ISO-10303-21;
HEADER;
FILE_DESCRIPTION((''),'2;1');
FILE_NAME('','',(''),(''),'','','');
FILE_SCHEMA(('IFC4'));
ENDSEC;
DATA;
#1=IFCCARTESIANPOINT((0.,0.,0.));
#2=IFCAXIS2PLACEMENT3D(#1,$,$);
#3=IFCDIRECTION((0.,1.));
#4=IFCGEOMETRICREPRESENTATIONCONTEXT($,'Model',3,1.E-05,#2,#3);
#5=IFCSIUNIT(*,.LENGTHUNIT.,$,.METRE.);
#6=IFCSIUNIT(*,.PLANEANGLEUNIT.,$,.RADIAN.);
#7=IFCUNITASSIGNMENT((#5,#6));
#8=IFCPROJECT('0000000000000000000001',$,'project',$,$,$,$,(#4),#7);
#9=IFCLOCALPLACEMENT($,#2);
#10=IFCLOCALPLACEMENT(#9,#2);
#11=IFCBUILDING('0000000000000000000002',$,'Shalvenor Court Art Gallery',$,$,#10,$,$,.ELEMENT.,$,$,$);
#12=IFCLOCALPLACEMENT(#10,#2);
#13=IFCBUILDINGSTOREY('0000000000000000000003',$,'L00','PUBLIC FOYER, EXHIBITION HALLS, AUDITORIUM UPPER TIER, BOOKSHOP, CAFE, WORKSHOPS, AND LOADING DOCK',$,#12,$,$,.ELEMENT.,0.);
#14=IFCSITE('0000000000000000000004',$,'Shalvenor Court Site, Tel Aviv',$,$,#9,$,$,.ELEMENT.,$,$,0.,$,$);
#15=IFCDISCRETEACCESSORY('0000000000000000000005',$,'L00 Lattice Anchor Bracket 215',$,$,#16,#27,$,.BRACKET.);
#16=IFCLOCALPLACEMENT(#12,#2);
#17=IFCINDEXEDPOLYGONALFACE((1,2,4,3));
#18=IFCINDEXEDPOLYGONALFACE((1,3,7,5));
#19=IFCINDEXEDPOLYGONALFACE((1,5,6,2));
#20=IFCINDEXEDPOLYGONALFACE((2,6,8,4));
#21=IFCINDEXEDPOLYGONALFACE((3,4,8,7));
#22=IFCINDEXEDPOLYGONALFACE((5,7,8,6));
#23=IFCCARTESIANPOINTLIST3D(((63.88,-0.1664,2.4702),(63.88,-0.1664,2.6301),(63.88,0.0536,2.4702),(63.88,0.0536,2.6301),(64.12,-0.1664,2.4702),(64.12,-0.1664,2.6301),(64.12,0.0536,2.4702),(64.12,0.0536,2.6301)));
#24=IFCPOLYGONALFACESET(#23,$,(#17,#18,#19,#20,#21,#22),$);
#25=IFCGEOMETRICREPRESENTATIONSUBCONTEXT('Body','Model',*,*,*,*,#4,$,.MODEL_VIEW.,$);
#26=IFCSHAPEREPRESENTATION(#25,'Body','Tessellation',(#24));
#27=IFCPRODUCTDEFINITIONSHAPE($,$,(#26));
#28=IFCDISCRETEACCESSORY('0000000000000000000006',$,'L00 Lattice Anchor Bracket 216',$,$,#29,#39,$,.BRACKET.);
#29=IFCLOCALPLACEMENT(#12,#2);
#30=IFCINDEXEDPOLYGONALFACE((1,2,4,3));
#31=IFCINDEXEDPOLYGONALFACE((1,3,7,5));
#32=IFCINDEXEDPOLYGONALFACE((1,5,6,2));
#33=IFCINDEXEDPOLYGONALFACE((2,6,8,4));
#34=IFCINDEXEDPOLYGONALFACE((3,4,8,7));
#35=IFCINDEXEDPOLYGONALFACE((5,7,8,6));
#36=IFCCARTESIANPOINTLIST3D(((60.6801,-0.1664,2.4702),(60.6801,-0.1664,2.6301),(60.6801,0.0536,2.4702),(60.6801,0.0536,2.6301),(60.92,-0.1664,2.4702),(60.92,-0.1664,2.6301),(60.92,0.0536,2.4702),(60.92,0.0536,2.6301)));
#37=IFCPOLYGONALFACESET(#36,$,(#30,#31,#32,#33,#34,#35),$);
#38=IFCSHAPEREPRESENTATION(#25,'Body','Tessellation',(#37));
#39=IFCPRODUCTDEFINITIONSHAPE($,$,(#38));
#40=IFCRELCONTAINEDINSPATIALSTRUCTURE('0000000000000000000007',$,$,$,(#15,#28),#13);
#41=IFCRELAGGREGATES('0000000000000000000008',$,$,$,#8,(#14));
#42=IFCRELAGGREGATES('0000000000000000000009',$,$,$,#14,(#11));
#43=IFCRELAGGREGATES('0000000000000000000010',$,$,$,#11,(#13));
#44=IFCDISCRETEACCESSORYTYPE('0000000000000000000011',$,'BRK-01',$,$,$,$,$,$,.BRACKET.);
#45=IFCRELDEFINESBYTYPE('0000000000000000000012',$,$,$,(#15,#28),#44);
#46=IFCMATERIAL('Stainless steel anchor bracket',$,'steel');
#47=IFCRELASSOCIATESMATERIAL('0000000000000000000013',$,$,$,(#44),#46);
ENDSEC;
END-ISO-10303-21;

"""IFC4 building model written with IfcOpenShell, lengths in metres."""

from ifc_helpers import new_model, si_unit, direction, frame, origin, origin_2d, place, context, subcontext, project, spatial, rectangle, extrude, material, type_object, element, save


model = new_model("IFC4")

# Units and contexts
model_context = context("Model", 3, precision=1e-05, world=origin(), true_north=direction((0.0, 1.0)))
body_context = subcontext(model_context, "Body", "Model", "MODEL_VIEW")
ifc_project = project(units=[si_unit("LENGTHUNIT", "METRE"), si_unit("PLANEANGLEUNIT", "RADIAN")], contexts=[model_context])

# Site, building, storey
site_placement = place(None, origin())
site = spatial("IfcSite", under=ifc_project, at=site_placement, Name="Shalvenor Court Site, Tel Aviv", CompositionType="ELEMENT", RefElevation=0.0)
building_placement = place(site_placement, origin())
building = spatial("IfcBuilding", under=site, at=building_placement, Name="Shalvenor Court Art Gallery", CompositionType="ELEMENT")
storey_placement = place(building_placement, origin())
storey = spatial("IfcBuildingStorey", under=building, at=storey_placement, Name="L00", Description="PUBLIC FOYER, EXHIBITION HALLS, AUDITORIUM UPPER TIER, BOOKSHOP, CAFE, WORKSHOPS, AND LOADING DOCK", CompositionType="ELEMENT", Elevation=0.0)

# Discrete accessories
ifc_material_1 = material(Name="Stainless steel anchor bracket", Category="steel")
discrete_accessory_type = type_object("IfcDiscreteAccessoryType", Name="BRK-01", PredefinedType="BRACKET", material=ifc_material_1)
for number, where, z_axis, x_axis, name in (
    (1, (64.0, -0.0564, 2.4702), (0.0, 0.0, 1.0), (-1.0, 0.0, 0.0), "L00 Lattice Anchor Bracket 215"),
    (2, (60.8, -0.0564, 2.4702), (0.0, 0.0, 1.0), (-1.0, 0.0, 0.0), "L00 Lattice Anchor Bracket 216"),
):
    element("IfcDiscreteAccessory", number, at=place(storey_placement, frame(where, z_axis=z_axis, x_axis=x_axis)), inside=storey, type_object=discrete_accessory_type, Name=name, PredefinedType="BRACKET", context=body_context, shape_type="SweptSolid", body=[
        extrude(rectangle(XDim=0.24, YDim=0.22, at=origin_2d()), origin(), (0.0, 0.0, 1.0), 0.1599),
    ])

save(model, "model.ifc")
